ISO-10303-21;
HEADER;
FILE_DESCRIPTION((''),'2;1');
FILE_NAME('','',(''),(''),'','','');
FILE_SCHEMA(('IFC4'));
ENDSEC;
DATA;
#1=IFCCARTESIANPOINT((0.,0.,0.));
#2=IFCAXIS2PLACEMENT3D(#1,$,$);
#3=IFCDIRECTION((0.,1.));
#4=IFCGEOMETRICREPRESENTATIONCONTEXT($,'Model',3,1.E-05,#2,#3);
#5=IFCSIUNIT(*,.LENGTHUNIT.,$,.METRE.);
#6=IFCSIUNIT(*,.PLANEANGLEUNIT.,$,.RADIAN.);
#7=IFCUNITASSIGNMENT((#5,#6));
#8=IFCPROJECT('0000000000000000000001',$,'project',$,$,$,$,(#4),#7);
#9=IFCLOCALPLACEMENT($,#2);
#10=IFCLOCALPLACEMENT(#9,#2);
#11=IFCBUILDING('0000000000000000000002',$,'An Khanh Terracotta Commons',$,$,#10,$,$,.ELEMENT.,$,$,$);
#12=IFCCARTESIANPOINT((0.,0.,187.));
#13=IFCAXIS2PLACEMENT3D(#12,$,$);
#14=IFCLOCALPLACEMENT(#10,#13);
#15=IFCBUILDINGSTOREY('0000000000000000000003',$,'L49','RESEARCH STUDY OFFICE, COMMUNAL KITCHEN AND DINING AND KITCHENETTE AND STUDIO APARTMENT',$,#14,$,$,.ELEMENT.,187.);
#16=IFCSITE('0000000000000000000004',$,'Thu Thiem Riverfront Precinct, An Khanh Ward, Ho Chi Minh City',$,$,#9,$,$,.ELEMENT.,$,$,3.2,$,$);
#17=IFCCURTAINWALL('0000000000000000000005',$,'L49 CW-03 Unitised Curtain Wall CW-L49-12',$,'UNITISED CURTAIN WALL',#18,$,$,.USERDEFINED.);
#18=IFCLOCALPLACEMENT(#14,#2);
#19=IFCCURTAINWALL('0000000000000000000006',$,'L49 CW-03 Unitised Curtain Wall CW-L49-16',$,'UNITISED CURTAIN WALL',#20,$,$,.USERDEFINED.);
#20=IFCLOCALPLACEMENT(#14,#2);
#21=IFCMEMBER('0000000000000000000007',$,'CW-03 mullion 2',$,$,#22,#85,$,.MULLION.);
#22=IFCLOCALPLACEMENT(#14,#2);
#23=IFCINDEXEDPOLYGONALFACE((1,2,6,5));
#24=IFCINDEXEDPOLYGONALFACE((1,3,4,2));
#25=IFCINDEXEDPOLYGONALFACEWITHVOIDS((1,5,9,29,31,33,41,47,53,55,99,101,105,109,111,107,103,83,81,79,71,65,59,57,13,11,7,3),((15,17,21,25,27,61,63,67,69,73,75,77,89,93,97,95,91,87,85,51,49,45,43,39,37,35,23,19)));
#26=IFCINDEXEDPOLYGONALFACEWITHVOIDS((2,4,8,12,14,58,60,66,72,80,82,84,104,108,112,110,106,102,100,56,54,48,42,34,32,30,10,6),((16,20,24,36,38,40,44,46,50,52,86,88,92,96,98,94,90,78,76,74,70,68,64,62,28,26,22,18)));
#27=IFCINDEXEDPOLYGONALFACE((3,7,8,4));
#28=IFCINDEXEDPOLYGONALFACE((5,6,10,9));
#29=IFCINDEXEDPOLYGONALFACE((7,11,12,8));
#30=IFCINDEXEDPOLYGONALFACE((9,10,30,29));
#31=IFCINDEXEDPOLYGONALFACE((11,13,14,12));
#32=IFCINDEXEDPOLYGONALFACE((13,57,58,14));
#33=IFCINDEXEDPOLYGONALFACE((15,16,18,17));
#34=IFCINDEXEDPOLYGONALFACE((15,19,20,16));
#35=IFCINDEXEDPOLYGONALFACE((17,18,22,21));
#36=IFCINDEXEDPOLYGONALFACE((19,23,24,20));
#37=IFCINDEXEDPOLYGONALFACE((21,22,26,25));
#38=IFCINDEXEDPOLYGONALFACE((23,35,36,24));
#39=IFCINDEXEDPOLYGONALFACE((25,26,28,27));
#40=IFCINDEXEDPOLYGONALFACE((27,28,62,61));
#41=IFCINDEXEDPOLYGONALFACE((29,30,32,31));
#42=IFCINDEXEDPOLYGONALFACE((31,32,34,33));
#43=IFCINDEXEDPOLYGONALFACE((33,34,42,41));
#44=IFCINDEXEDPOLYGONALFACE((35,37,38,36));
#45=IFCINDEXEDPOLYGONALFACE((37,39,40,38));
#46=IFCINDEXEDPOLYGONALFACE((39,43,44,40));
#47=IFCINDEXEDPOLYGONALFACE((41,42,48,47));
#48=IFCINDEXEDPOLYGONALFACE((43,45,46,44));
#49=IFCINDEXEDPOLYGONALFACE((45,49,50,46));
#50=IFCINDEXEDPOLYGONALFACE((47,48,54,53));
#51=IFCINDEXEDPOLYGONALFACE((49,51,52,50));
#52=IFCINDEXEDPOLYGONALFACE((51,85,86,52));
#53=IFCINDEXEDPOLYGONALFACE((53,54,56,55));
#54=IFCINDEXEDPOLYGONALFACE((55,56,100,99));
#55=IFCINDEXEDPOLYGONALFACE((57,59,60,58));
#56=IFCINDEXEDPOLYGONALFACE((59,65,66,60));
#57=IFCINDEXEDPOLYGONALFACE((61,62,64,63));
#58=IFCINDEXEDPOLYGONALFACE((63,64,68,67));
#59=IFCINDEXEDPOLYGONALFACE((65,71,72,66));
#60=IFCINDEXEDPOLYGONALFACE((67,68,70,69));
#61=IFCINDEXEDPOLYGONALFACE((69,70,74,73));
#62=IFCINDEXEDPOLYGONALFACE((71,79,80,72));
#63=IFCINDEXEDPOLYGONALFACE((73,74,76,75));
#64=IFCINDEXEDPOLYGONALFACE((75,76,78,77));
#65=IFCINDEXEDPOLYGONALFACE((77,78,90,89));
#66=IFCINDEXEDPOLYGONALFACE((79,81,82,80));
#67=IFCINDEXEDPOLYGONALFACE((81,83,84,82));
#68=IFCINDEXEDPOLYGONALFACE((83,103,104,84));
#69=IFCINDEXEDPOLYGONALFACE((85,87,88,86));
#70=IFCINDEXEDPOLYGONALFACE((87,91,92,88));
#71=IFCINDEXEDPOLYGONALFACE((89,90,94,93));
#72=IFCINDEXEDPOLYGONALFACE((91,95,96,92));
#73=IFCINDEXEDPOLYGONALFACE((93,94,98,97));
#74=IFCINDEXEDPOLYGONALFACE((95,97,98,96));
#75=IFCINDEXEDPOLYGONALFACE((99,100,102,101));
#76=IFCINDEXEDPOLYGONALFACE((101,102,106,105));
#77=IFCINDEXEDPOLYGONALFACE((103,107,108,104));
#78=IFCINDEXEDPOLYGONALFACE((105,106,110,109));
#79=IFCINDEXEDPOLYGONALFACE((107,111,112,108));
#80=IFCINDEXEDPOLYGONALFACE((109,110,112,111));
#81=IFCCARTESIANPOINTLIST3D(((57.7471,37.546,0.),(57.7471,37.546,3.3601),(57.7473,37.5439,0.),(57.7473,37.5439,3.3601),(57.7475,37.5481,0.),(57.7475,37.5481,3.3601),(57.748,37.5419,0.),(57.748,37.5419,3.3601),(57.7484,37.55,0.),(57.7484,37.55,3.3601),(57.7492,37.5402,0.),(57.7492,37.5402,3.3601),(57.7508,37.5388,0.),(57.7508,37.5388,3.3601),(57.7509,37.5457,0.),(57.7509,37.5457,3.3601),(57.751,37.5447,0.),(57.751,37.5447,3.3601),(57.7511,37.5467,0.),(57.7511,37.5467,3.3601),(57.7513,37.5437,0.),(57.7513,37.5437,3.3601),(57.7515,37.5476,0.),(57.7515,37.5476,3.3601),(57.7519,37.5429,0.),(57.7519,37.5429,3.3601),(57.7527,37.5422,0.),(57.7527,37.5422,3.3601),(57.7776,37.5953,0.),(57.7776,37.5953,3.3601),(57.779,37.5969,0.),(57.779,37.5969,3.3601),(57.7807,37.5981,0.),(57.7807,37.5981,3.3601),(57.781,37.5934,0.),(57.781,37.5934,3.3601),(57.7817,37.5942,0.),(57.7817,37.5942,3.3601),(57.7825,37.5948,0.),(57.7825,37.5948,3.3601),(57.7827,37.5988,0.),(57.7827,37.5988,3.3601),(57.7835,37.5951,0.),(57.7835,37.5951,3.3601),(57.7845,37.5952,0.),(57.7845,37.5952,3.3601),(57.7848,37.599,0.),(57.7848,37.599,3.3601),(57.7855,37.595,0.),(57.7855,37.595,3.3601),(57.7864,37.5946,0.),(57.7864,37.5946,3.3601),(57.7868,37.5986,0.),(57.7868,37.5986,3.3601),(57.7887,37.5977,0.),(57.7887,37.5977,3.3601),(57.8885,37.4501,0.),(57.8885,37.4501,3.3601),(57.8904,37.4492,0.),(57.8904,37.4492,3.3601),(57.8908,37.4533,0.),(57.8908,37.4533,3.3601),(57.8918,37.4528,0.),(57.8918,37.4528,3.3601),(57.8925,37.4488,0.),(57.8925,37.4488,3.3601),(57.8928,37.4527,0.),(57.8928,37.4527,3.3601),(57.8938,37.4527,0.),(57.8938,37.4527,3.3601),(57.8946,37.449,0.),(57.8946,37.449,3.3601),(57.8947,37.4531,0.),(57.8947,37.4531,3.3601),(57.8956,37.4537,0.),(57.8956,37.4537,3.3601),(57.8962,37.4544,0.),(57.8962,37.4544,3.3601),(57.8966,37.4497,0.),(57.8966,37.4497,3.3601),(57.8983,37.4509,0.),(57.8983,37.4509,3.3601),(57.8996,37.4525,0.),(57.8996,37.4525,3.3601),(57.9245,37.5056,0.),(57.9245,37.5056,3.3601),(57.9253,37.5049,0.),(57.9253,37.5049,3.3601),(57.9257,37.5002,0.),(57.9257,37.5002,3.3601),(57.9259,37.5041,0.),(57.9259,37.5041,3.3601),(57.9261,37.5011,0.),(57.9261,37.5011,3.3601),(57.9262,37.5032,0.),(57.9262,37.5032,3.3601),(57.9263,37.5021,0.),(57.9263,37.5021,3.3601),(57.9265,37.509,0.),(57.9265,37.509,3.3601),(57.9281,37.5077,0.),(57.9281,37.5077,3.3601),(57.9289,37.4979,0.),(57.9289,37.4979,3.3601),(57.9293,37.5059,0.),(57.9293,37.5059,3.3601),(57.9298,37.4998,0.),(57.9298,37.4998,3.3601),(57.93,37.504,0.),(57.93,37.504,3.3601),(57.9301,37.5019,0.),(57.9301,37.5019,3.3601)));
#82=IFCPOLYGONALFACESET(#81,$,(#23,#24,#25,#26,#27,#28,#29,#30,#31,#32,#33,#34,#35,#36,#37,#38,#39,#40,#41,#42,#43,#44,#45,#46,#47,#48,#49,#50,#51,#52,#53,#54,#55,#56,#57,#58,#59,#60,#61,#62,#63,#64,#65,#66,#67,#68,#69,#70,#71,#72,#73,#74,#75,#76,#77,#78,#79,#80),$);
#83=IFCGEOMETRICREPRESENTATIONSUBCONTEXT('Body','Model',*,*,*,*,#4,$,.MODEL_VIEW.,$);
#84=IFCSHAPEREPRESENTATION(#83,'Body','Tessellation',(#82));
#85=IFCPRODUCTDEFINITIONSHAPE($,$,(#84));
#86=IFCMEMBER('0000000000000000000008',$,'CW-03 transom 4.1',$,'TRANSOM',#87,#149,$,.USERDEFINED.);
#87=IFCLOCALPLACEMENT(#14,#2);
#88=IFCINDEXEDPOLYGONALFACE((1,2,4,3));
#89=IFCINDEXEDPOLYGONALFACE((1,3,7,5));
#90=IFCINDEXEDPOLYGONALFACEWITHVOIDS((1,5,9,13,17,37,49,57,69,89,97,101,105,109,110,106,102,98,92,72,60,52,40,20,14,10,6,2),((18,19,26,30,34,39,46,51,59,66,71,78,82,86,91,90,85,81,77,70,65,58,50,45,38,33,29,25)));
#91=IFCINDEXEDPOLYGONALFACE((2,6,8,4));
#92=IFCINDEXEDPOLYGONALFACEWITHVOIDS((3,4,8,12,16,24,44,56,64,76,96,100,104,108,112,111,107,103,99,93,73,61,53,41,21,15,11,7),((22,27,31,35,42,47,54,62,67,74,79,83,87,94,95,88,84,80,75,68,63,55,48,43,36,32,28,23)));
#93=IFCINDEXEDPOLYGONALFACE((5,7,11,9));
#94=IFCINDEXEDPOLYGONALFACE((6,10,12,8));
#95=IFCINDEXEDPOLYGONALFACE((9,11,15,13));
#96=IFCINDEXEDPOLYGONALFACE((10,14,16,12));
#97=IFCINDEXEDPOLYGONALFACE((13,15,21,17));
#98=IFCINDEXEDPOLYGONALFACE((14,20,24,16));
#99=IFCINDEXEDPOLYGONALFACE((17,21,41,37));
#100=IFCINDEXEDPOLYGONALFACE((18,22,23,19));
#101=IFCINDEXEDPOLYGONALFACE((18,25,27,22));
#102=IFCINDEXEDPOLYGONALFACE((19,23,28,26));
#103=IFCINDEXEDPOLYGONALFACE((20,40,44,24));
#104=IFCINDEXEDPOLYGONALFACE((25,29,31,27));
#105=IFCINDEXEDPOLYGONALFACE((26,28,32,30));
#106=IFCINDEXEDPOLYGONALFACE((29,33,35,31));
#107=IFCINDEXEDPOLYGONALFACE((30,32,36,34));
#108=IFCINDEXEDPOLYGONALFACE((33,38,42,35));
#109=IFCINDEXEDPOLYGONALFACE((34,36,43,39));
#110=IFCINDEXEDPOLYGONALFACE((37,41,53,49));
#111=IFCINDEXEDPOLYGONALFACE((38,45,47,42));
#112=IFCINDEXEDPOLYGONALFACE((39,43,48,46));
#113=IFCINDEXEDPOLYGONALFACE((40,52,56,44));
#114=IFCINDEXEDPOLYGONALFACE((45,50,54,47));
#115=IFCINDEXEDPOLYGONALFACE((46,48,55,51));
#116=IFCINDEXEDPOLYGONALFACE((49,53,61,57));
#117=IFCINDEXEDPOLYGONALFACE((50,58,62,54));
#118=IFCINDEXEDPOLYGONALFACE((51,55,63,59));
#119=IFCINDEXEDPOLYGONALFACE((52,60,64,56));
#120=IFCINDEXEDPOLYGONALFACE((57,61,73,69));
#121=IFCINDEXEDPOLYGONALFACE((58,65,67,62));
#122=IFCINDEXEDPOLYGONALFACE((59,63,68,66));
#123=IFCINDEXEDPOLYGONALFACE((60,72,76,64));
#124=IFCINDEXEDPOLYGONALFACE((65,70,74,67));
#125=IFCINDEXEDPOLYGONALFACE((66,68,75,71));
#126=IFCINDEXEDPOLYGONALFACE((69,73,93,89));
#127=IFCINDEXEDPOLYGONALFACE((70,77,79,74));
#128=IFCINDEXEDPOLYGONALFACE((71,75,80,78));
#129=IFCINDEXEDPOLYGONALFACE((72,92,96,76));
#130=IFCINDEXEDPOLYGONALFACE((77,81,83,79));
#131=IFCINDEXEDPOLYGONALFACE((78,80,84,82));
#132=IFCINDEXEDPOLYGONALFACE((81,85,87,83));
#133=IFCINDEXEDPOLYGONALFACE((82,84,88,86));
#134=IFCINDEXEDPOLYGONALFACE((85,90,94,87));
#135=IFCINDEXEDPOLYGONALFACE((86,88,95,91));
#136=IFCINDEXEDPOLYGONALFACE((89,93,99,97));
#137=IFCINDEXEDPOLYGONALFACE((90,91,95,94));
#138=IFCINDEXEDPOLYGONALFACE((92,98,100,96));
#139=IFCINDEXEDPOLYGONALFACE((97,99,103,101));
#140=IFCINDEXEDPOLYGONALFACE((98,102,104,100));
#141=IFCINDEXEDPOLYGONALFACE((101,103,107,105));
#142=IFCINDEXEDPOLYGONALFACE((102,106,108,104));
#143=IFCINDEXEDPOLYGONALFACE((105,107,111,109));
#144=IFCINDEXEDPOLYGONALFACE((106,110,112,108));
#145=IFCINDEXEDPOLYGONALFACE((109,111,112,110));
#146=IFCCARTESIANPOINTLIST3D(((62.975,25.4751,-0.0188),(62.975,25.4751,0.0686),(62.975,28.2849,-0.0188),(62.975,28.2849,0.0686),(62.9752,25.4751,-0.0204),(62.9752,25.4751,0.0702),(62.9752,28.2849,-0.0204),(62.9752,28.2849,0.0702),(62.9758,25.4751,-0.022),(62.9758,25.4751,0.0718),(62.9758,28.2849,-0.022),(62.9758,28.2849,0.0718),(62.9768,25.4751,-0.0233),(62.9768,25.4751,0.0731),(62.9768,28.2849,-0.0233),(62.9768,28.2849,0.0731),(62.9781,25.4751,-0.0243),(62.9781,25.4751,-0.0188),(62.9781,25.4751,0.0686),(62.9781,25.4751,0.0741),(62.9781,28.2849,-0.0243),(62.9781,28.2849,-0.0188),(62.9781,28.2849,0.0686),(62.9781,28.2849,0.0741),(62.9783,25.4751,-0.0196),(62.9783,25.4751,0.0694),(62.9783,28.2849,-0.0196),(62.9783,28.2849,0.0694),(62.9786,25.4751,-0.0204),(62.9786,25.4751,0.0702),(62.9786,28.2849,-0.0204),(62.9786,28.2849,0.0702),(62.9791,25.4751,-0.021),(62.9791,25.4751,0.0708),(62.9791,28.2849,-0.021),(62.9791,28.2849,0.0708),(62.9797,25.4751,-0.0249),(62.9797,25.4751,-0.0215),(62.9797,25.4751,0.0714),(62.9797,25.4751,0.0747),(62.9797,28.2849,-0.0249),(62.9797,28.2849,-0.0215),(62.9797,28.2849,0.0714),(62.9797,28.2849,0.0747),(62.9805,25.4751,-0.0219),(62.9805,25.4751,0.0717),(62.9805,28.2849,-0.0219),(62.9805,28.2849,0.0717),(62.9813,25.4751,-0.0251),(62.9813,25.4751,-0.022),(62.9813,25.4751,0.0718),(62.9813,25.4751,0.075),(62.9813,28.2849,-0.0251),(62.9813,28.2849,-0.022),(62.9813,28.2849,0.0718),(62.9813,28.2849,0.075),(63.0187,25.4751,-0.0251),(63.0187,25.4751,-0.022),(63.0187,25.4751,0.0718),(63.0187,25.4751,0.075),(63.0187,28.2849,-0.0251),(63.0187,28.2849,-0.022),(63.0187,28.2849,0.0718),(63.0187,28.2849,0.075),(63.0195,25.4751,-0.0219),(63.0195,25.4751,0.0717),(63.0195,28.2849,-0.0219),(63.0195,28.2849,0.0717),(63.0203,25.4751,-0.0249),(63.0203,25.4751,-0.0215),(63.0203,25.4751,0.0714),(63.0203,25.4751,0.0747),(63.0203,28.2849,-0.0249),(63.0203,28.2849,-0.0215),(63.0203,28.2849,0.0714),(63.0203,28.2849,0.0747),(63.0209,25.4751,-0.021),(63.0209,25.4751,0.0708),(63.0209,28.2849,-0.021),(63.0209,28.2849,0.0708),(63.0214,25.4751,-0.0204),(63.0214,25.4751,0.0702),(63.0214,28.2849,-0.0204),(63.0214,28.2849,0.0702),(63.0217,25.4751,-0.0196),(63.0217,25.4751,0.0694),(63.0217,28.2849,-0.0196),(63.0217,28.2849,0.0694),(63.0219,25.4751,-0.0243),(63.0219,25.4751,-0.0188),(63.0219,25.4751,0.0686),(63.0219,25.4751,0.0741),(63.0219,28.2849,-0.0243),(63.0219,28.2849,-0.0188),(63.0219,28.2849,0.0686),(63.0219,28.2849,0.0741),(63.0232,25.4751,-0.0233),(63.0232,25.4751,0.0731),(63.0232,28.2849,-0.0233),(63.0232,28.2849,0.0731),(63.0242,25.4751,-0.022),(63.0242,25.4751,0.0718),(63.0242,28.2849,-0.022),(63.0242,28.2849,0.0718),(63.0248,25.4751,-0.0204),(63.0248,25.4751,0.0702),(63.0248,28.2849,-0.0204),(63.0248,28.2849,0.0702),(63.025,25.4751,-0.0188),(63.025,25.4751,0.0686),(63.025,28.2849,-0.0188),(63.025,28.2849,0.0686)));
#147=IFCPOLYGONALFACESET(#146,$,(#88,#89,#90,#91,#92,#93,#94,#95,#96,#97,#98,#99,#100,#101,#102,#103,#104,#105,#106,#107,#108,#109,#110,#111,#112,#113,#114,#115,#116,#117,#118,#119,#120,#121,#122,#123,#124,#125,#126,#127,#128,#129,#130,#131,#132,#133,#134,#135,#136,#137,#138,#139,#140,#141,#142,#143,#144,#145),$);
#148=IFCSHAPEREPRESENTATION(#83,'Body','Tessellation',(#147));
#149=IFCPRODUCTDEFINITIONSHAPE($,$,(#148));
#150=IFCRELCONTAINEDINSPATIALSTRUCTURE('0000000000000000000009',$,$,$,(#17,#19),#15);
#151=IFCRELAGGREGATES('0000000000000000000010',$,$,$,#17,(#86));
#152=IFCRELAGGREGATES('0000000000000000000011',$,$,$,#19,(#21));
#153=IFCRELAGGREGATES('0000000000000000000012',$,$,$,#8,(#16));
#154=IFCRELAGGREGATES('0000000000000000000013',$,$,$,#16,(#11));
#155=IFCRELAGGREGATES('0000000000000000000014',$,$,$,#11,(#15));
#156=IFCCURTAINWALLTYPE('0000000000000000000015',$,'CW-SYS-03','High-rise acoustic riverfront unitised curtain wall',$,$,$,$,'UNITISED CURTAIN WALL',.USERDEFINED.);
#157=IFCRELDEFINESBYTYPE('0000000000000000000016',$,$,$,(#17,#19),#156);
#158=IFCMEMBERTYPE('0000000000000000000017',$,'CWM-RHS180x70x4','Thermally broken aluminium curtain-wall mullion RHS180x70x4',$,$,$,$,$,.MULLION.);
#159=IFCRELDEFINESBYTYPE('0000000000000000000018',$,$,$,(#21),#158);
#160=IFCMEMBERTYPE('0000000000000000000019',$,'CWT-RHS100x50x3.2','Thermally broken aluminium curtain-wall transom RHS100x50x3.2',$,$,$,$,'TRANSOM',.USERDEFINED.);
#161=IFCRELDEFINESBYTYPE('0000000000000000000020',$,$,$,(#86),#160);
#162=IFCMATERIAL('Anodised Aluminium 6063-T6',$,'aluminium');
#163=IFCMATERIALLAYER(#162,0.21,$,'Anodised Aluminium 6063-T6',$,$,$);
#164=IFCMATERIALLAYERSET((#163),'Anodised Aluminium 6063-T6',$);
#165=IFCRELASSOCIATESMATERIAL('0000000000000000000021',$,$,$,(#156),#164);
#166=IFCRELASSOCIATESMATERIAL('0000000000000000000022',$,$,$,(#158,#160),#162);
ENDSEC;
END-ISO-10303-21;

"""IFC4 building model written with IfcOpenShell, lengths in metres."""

from ifc_helpers import new_model, si_unit, direction, frame, origin, origin_2d, place, context, subcontext, project, spatial, hollow_rectangle, extrude, material, layer, layer_set, material_profile, profile_set, type_object, element, aggregate, save


model = new_model("IFC4")

# Units and contexts
model_context = context("Model", 3, precision=1e-05, world=origin(), true_north=direction((0.0, 1.0)))
body_context = subcontext(model_context, "Body", "Model", "MODEL_VIEW")
ifc_project = project(units=[si_unit("LENGTHUNIT", "METRE"), si_unit("PLANEANGLEUNIT", "RADIAN")], contexts=[model_context])

# Site, building, storey
site_placement = place(None, origin())
site = spatial("IfcSite", under=ifc_project, at=site_placement, Name="Thu Thiem Riverfront Precinct, An Khanh Ward, Ho Chi Minh City", CompositionType="ELEMENT", RefElevation=3.2)
building_placement = place(site_placement, origin())
building = spatial("IfcBuilding", under=site, at=building_placement, Name="An Khanh Terracotta Commons", CompositionType="ELEMENT")
storey_placement = place(building_placement, frame((0.0, 0.0, 187.0)))
storey = spatial("IfcBuildingStorey", under=building, at=storey_placement, Name="L49", Description="RESEARCH STUDY OFFICE, COMMUNAL KITCHEN AND DINING AND KITCHENETTE AND STUDIO APARTMENT", CompositionType="ELEMENT", Elevation=187.0)

# Curtain walls, member
ifc_material_1 = material(Name="Anodised Aluminium 6063-T6", Category="aluminium")
ifc_layer_1 = layer(ifc_material_1, 0.21, Name="Anodised Aluminium 6063-T6")
ifc_layer_set_1 = layer_set([ifc_layer_1], Name="Anodised Aluminium 6063-T6")
curtain_wall_type = type_object("IfcCurtainWallType", Name="CW-SYS-03", Description="High-rise acoustic riverfront unitised curtain wall", ElementType="UNITISED CURTAIN WALL", PredefinedType="USERDEFINED", material=ifc_layer_set_1)
curtain_wall_1_placement = place(storey_placement, origin())
curtain_wall_1 = element("IfcCurtainWall", 1, at=curtain_wall_1_placement, inside=storey, type_object=curtain_wall_type, Name="L49 CW-03 Unitised Curtain Wall CW-L49-12", ObjectType="UNITISED CURTAIN WALL", PredefinedType="USERDEFINED")
ifc_material_profile_1 = material_profile(ifc_material_1, hollow_rectangle(XDim=0.0701, YDim=0.1799, WallThickness=0.0039, InnerFilletRadius=0.0039, OuterFilletRadius=0.0081, at=origin_2d()), Name="RHS180x70x4")
ifc_profile_set_1 = profile_set([ifc_material_profile_1], Name="Anodised Aluminium 6063-T6")
member_type_1 = type_object("IfcMemberType", Name="CWM-RHS180x70x4", Description="Thermally broken aluminium curtain-wall mullion RHS180x70x4", PredefinedType="MULLION", material=ifc_profile_set_1)
curtain_wall_2_placement = place(storey_placement, origin())
curtain_wall_2 = element("IfcCurtainWall", 2, at=curtain_wall_2_placement, inside=storey, type_object=curtain_wall_type, Name="L49 CW-03 Unitised Curtain Wall CW-L49-16", ObjectType="UNITISED CURTAIN WALL", PredefinedType="USERDEFINED")
member_1_placement = place(storey_placement, frame((57.8386, 37.5239, 0.0), z_axis=(0.0, 0.0, 1.0), x_axis=(-0.541498, -0.840702, 0.0)))
member_1 = element("IfcMember", 3, at=member_1_placement, type_object=member_type_1, Name="CW-03 mullion 2", PredefinedType="MULLION", context=body_context, shape_type="SweptSolid", body=[
    extrude(hollow_rectangle(XDim=0.0701, YDim=0.1799, WallThickness=0.0039, InnerFilletRadius=0.0039, OuterFilletRadius=0.0081, at=origin_2d()), origin(), (0.0, 0.0, 1.0), 3.3601),
])

# Member
ifc_material_profile_2 = material_profile(ifc_material_1, hollow_rectangle(XDim=0.05, YDim=0.1001, WallThickness=0.0032, InnerFilletRadius=0.0032, OuterFilletRadius=0.0063, at=origin_2d()), Name="RHS100x50x3.2")
ifc_profile_set_2 = profile_set([ifc_material_profile_2], Name="Anodised Aluminium 6063-T6")
member_type_2 = type_object("IfcMemberType", Name="CWT-RHS100x50x3.2", Description="Thermally broken aluminium curtain-wall transom RHS100x50x3.2", ElementType="TRANSOM", PredefinedType="USERDEFINED", material=ifc_profile_set_2)
member_2_placement = place(storey_placement, frame((63.0, 25.4751, 0.0249), z_axis=(0.0, 1.0, 0.0), x_axis=(-1.0, 0.0, 0.0)))
member_2 = element("IfcMember", 4, at=member_2_placement, type_object=member_type_2, Name="CW-03 transom 4.1", ObjectType="TRANSOM", PredefinedType="USERDEFINED", context=body_context, shape_type="SweptSolid", body=[
    extrude(hollow_rectangle(XDim=0.05, YDim=0.1001, WallThickness=0.0032, InnerFilletRadius=0.0032, OuterFilletRadius=0.0063, at=origin_2d()), origin(), (0.0, 0.0, 1.0), 2.8098),
])

aggregate(curtain_wall_1, [member_2])
aggregate(curtain_wall_2, [member_1])

save(model, "model.ifc")
